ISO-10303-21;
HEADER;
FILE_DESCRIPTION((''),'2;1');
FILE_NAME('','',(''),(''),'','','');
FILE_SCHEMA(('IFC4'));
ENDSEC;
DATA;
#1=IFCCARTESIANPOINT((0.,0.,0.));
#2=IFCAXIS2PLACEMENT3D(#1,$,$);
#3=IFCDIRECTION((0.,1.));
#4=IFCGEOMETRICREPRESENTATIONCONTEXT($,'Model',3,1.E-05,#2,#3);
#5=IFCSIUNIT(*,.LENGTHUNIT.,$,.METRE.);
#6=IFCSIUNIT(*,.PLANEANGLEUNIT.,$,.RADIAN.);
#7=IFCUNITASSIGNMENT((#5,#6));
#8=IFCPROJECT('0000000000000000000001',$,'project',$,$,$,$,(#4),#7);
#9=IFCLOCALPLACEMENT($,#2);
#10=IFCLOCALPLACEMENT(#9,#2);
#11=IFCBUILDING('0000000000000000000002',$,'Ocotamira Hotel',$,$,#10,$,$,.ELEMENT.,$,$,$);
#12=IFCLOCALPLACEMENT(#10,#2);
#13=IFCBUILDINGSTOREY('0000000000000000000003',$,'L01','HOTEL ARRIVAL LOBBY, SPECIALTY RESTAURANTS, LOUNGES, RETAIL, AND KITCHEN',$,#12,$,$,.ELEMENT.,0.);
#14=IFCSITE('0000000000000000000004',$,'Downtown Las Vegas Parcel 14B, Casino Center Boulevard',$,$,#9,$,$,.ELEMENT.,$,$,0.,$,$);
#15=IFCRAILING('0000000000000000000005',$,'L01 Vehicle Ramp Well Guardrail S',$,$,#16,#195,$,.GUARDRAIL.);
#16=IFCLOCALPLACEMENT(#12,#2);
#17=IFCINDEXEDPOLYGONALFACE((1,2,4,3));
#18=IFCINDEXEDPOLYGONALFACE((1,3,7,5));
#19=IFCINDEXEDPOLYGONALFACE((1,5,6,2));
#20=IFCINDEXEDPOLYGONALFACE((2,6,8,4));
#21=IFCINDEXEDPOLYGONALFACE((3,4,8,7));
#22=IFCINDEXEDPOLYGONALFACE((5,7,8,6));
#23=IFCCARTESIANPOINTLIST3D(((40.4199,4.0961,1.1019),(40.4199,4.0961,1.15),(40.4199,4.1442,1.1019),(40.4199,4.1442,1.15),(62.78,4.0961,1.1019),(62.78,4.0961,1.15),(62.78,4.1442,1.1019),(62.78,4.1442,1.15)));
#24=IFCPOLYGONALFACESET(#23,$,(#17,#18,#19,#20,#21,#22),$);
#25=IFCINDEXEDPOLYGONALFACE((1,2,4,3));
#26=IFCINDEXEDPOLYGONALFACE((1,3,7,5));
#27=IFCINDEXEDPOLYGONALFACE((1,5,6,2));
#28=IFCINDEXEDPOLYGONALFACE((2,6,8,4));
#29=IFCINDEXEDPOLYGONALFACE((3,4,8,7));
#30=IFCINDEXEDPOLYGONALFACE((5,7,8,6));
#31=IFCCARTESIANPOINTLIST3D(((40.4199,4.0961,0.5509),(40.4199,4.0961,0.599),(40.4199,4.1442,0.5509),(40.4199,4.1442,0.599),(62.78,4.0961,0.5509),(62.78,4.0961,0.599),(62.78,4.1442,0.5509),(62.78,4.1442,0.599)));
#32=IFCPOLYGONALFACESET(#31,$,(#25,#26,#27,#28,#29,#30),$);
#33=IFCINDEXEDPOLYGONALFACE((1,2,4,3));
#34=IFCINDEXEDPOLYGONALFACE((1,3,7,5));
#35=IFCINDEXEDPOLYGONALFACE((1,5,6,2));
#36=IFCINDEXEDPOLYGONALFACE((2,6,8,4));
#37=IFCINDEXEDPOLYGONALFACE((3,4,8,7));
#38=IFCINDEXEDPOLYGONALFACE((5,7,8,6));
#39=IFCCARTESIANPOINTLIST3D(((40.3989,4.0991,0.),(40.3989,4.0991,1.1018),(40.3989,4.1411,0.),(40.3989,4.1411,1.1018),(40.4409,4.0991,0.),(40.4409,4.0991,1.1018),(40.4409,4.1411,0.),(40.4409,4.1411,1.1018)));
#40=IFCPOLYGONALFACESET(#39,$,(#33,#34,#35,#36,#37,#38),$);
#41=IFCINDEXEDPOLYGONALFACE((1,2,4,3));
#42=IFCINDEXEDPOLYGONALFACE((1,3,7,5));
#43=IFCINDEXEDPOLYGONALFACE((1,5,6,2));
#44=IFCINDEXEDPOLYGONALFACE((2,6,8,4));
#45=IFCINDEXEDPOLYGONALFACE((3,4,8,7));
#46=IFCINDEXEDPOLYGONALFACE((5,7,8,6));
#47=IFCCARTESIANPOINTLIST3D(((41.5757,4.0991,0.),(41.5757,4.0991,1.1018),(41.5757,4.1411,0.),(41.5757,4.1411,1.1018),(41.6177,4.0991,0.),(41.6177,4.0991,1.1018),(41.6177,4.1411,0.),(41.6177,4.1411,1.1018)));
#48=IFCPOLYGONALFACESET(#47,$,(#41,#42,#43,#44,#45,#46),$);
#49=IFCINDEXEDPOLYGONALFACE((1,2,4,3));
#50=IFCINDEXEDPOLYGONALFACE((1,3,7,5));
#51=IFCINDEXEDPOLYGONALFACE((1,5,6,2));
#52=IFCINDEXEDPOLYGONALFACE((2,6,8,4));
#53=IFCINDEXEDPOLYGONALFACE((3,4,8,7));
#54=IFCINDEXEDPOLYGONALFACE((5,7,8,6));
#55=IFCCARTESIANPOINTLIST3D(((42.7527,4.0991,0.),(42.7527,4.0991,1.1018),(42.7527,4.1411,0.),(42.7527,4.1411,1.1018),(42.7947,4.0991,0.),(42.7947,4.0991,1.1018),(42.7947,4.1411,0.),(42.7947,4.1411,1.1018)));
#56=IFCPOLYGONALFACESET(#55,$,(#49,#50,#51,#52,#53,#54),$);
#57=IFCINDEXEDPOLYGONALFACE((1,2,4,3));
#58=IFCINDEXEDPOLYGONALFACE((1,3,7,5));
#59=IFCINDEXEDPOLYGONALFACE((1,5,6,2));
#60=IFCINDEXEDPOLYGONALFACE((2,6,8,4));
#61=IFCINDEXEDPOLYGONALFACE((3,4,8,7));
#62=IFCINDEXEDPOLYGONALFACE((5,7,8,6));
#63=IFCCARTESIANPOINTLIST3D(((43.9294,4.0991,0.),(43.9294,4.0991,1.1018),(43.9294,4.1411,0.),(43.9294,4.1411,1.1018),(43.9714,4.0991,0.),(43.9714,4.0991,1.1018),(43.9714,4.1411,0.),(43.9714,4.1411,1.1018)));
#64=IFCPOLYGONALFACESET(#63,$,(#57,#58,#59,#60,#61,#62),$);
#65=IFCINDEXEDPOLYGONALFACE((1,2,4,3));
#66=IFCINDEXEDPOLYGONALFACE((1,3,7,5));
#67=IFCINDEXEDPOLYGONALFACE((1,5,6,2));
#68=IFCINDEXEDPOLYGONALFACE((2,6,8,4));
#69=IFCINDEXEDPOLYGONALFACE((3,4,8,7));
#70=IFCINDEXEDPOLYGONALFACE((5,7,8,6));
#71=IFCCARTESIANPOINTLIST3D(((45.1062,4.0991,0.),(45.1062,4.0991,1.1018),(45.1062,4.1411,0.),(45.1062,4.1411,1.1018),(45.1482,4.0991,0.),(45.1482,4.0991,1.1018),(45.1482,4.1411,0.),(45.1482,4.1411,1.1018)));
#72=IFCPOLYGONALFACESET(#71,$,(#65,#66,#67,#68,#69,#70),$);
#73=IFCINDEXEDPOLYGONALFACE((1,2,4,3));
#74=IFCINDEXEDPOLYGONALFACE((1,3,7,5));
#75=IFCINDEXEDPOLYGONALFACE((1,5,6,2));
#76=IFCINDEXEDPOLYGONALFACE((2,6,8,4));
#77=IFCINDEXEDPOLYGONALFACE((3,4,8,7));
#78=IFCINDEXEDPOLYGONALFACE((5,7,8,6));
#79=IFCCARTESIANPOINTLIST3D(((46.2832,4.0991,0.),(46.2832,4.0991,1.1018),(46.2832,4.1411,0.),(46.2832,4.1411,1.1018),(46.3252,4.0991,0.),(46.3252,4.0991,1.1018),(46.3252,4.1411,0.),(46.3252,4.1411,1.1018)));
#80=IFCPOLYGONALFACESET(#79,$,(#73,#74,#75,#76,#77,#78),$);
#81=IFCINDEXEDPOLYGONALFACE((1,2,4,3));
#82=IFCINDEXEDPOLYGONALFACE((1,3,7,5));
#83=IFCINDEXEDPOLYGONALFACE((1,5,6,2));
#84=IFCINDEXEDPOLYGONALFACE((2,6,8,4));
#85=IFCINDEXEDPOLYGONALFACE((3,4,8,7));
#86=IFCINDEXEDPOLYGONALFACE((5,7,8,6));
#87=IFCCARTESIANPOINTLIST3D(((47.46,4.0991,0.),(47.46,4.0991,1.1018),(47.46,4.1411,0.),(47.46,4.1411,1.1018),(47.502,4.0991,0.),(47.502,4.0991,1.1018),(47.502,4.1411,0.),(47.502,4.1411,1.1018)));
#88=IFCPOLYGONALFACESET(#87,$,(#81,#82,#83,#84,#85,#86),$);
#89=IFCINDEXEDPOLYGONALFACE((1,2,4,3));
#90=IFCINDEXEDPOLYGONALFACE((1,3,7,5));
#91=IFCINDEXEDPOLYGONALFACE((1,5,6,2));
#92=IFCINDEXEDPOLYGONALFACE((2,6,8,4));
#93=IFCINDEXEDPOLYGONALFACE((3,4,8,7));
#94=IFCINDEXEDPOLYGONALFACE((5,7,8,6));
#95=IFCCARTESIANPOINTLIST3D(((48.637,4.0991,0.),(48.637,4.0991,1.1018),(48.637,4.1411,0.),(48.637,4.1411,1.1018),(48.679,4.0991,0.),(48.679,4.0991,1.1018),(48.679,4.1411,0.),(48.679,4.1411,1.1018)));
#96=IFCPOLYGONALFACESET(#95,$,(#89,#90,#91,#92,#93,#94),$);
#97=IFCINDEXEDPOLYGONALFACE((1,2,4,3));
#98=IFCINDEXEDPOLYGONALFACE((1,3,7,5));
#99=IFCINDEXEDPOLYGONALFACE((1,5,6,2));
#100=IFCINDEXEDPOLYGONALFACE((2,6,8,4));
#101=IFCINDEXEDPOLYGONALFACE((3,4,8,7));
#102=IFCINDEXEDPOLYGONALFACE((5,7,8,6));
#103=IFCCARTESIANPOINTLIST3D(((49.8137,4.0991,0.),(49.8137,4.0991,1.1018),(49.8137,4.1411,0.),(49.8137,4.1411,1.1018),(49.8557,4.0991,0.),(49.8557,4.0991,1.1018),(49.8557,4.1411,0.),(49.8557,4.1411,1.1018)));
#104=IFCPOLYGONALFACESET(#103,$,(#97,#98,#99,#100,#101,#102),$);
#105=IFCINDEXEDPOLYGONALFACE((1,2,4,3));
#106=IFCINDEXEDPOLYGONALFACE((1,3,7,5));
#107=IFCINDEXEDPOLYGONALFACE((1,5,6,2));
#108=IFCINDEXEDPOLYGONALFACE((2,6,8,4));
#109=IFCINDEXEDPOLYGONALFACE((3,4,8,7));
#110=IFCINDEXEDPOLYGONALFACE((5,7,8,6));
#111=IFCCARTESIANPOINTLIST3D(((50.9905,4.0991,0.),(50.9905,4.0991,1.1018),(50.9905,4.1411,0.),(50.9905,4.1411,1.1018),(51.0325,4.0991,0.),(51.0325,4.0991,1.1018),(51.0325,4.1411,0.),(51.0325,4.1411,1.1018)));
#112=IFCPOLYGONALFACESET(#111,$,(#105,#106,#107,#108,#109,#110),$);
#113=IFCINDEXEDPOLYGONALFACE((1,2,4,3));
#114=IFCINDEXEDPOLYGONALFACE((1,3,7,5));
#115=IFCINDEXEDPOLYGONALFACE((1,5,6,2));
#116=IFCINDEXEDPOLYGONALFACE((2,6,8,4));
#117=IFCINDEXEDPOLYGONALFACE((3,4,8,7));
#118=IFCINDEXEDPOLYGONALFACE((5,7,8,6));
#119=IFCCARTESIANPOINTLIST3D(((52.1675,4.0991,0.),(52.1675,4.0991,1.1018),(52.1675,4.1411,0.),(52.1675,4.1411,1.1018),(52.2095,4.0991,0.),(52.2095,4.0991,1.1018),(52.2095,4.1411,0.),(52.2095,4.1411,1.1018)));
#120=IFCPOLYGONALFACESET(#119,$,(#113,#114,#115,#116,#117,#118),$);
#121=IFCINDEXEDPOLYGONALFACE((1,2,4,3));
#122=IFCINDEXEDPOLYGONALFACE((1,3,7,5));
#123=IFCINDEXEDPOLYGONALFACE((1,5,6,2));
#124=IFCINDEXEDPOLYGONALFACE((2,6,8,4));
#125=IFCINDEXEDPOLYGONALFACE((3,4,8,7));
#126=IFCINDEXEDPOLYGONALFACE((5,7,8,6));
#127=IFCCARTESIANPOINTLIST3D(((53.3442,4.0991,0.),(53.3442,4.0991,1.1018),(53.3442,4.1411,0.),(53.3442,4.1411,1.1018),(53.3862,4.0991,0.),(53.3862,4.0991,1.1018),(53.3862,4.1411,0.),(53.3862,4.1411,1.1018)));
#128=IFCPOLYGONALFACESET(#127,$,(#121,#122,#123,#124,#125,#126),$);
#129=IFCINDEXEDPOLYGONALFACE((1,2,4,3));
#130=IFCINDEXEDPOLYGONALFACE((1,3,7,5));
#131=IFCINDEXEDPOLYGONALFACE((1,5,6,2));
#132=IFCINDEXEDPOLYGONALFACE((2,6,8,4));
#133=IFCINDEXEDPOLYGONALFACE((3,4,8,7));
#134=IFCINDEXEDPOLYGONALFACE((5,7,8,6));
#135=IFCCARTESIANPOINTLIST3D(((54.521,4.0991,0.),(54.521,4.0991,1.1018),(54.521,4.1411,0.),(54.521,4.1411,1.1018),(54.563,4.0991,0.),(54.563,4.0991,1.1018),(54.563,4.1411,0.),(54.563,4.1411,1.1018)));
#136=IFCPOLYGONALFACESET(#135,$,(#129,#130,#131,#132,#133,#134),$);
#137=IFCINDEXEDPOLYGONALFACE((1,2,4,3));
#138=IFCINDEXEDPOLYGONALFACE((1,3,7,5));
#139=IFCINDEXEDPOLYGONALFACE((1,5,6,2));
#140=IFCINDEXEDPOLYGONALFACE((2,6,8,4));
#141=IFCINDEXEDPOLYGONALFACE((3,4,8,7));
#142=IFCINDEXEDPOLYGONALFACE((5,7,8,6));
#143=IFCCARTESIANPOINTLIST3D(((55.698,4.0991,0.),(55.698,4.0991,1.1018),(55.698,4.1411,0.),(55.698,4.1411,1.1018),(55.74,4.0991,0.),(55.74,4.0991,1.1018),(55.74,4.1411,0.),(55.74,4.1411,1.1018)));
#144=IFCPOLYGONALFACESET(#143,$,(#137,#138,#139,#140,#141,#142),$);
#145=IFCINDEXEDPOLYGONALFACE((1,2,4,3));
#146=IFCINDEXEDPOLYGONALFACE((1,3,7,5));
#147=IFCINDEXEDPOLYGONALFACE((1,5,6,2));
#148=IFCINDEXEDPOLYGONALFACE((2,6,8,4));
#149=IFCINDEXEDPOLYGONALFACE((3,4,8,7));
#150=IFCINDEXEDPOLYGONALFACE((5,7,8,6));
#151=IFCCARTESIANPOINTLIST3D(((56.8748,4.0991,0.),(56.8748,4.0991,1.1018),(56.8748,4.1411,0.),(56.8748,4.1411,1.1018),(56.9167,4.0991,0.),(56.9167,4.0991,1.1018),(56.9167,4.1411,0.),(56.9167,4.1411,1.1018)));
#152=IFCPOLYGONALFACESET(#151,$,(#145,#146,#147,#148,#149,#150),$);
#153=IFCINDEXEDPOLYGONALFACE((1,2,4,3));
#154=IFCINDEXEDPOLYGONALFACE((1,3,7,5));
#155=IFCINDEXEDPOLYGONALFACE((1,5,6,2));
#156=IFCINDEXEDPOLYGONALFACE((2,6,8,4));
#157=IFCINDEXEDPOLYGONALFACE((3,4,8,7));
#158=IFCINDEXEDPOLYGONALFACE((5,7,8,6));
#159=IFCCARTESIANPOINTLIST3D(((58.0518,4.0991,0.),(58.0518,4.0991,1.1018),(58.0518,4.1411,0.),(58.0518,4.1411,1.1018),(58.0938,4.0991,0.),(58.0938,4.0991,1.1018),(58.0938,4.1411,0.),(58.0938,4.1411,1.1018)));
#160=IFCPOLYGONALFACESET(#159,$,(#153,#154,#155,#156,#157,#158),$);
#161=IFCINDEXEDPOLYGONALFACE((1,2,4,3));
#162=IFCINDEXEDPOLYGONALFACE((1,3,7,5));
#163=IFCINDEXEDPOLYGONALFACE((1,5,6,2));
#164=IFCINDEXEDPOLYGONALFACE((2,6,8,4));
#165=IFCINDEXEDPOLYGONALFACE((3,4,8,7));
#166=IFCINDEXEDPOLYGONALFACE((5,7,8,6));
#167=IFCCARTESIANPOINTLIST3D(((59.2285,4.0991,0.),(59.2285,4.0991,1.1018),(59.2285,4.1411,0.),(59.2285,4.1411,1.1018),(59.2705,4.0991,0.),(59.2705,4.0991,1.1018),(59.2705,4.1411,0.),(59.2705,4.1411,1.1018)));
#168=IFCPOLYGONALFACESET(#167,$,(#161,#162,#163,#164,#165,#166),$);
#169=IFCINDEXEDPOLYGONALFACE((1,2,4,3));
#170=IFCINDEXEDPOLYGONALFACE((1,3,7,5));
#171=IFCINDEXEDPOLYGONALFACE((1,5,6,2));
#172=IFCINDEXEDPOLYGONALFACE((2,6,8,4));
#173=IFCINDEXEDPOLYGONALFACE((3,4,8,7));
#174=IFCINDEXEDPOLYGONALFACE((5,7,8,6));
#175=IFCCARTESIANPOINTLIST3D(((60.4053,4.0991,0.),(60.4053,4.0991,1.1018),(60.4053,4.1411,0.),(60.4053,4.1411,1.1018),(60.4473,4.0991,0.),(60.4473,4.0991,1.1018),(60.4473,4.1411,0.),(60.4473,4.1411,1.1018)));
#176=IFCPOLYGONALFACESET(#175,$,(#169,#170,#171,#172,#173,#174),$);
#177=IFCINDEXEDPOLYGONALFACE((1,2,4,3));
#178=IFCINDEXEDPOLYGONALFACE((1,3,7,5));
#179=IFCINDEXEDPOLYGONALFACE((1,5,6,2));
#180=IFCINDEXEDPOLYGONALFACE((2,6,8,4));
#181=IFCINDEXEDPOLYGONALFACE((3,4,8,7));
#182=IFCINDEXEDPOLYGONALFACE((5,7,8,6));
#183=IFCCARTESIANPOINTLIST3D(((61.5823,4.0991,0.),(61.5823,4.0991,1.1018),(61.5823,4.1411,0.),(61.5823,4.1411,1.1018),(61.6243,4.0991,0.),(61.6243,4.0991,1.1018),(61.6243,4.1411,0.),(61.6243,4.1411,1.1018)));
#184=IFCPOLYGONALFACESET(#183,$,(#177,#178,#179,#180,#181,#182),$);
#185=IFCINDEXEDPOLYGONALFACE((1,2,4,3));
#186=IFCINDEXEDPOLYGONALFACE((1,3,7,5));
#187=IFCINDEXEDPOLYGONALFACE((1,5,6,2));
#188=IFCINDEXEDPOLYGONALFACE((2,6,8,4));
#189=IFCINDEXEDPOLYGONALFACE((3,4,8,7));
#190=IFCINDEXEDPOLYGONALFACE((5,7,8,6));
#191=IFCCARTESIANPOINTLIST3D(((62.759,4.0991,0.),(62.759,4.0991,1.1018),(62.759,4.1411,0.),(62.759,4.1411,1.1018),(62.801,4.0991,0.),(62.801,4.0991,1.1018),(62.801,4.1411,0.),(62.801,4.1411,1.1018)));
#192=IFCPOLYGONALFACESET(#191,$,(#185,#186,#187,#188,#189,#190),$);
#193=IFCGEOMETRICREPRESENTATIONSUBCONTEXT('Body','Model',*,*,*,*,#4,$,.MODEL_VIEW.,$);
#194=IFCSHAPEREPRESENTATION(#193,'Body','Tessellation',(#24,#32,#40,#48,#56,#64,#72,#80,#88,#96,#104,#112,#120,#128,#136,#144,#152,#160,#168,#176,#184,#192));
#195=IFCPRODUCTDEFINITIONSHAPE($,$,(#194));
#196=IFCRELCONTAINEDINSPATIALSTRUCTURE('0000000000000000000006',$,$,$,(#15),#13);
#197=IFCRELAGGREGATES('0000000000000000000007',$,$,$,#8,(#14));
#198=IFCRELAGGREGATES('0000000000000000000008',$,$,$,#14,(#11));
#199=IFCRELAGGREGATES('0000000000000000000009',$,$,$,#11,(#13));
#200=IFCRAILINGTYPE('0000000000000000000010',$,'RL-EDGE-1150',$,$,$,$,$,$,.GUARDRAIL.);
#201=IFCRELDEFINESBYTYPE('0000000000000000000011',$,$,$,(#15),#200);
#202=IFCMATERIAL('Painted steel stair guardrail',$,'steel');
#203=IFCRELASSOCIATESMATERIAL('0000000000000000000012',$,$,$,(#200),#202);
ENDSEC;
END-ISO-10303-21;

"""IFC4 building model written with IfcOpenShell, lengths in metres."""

from ifc_helpers import new_model, si_unit, direction, frame, origin, origin_2d, place, context, subcontext, project, spatial, rectangle, extrude, material, type_object, element, save


model = new_model("IFC4")

# Units and contexts
model_context = context("Model", 3, precision=1e-05, world=origin(), true_north=direction((0.0, 1.0)))
body_context = subcontext(model_context, "Body", "Model", "MODEL_VIEW")
ifc_project = project(units=[si_unit("LENGTHUNIT", "METRE"), si_unit("PLANEANGLEUNIT", "RADIAN")], contexts=[model_context])

# Site, building, storey
site_placement = place(None, origin())
site = spatial("IfcSite", under=ifc_project, at=site_placement, Name="Downtown Las Vegas Parcel 14B, Casino Center Boulevard", CompositionType="ELEMENT", RefElevation=0.0)
building_placement = place(site_placement, origin())
building = spatial("IfcBuilding", under=site, at=building_placement, Name="Ocotamira Hotel", CompositionType="ELEMENT")
storey_placement = place(building_placement, origin())
storey = spatial("IfcBuildingStorey", under=building, at=storey_placement, Name="L01", Description="HOTEL ARRIVAL LOBBY, SPECIALTY RESTAURANTS, LOUNGES, RETAIL, AND KITCHEN", CompositionType="ELEMENT", Elevation=0.0)

# Railing
ifc_material_1 = material(Name="Painted steel stair guardrail", Category="steel")
railing_type = type_object("IfcRailingType", Name="RL-EDGE-1150", PredefinedType="GUARDRAIL", material=ifc_material_1)
railing_1_placement = place(storey_placement, frame((40.4199, 4.1201, 0.0)))
element("IfcRailing", 1, at=railing_1_placement, inside=storey, type_object=railing_type, Name="L01 Vehicle Ramp Well Guardrail S", PredefinedType="GUARDRAIL", context=body_context, shape_type="SweptSolid", body=[
    extrude(rectangle(XDim=0.0481, YDim=0.0481, at=origin_2d()), frame((0.0, 0.0, 1.126), z_axis=(1.0, 0.0, 0.0), x_axis=(0.0, 1.0, 0.0)), (0.0, 0.0, 1.0), 22.3601),
    extrude(rectangle(XDim=0.0481, YDim=0.0481, at=origin_2d()), frame((0.0, 0.0, 0.575), z_axis=(1.0, 0.0, 0.0), x_axis=(0.0, 1.0, 0.0)), (0.0, 0.0, 1.0), 22.3601),
    extrude(rectangle(XDim=0.042, YDim=0.042, at=origin_2d()), origin(), (0.0, 0.0, 1.0), 1.1018),
    extrude(rectangle(XDim=0.042, YDim=0.042, at=origin_2d()), frame((1.1768, 0.0, 0.0)), (0.0, 0.0, 1.0), 1.1018),
    extrude(rectangle(XDim=0.042, YDim=0.042, at=origin_2d()), frame((2.3538, 0.0, 0.0)), (0.0, 0.0, 1.0), 1.1018),
    extrude(rectangle(XDim=0.042, YDim=0.042, at=origin_2d()), frame((3.5305, 0.0, 0.0)), (0.0, 0.0, 1.0), 1.1018),
    extrude(rectangle(XDim=0.042, YDim=0.042, at=origin_2d()), frame((4.7073, 0.0, 0.0)), (0.0, 0.0, 1.0), 1.1018),
    extrude(rectangle(XDim=0.042, YDim=0.042, at=origin_2d()), frame((5.8843, 0.0, 0.0)), (0.0, 0.0, 1.0), 1.1018),
    extrude(rectangle(XDim=0.042, YDim=0.042, at=origin_2d()), frame((7.061, 0.0, 0.0)), (0.0, 0.0, 1.0), 1.1018),
    extrude(rectangle(XDim=0.042, YDim=0.042, at=origin_2d()), frame((8.238, 0.0, 0.0)), (0.0, 0.0, 1.0), 1.1018),
    extrude(rectangle(XDim=0.042, YDim=0.042, at=origin_2d()), frame((9.4148, 0.0, 0.0)), (0.0, 0.0, 1.0), 1.1018),
    extrude(rectangle(XDim=0.042, YDim=0.042, at=origin_2d()), frame((10.5916, 0.0, 0.0)), (0.0, 0.0, 1.0), 1.1018),
    extrude(rectangle(XDim=0.042, YDim=0.042, at=origin_2d()), frame((11.7686, 0.0, 0.0)), (0.0, 0.0, 1.0), 1.1018),
    extrude(rectangle(XDim=0.042, YDim=0.042, at=origin_2d()), frame((12.9453, 0.0, 0.0)), (0.0, 0.0, 1.0), 1.1018),
    extrude(rectangle(XDim=0.042, YDim=0.042, at=origin_2d()), frame((14.1221, 0.0, 0.0)), (0.0, 0.0, 1.0), 1.1018),
    extrude(rectangle(XDim=0.042, YDim=0.042, at=origin_2d()), frame((15.2991, 0.0, 0.0)), (0.0, 0.0, 1.0), 1.1018),
    extrude(rectangle(XDim=0.042, YDim=0.042, at=origin_2d()), frame((16.4758, 0.0, 0.0)), (0.0, 0.0, 1.0), 1.1018),
    extrude(rectangle(XDim=0.042, YDim=0.042, at=origin_2d()), frame((17.6528, 0.0, 0.0)), (0.0, 0.0, 1.0), 1.1018),
    extrude(rectangle(XDim=0.042, YDim=0.042, at=origin_2d()), frame((18.8296, 0.0, 0.0)), (0.0, 0.0, 1.0), 1.1018),
    extrude(rectangle(XDim=0.042, YDim=0.042, at=origin_2d()), frame((20.0063, 0.0, 0.0)), (0.0, 0.0, 1.0), 1.1018),
    extrude(rectangle(XDim=0.042, YDim=0.042, at=origin_2d()), frame((21.1833, 0.0, 0.0)), (0.0, 0.0, 1.0), 1.1018),
    extrude(rectangle(XDim=0.042, YDim=0.042, at=origin_2d()), frame((22.3601, 0.0, 0.0)), (0.0, 0.0, 1.0), 1.1018),
])

save(model, "model.ifc")
